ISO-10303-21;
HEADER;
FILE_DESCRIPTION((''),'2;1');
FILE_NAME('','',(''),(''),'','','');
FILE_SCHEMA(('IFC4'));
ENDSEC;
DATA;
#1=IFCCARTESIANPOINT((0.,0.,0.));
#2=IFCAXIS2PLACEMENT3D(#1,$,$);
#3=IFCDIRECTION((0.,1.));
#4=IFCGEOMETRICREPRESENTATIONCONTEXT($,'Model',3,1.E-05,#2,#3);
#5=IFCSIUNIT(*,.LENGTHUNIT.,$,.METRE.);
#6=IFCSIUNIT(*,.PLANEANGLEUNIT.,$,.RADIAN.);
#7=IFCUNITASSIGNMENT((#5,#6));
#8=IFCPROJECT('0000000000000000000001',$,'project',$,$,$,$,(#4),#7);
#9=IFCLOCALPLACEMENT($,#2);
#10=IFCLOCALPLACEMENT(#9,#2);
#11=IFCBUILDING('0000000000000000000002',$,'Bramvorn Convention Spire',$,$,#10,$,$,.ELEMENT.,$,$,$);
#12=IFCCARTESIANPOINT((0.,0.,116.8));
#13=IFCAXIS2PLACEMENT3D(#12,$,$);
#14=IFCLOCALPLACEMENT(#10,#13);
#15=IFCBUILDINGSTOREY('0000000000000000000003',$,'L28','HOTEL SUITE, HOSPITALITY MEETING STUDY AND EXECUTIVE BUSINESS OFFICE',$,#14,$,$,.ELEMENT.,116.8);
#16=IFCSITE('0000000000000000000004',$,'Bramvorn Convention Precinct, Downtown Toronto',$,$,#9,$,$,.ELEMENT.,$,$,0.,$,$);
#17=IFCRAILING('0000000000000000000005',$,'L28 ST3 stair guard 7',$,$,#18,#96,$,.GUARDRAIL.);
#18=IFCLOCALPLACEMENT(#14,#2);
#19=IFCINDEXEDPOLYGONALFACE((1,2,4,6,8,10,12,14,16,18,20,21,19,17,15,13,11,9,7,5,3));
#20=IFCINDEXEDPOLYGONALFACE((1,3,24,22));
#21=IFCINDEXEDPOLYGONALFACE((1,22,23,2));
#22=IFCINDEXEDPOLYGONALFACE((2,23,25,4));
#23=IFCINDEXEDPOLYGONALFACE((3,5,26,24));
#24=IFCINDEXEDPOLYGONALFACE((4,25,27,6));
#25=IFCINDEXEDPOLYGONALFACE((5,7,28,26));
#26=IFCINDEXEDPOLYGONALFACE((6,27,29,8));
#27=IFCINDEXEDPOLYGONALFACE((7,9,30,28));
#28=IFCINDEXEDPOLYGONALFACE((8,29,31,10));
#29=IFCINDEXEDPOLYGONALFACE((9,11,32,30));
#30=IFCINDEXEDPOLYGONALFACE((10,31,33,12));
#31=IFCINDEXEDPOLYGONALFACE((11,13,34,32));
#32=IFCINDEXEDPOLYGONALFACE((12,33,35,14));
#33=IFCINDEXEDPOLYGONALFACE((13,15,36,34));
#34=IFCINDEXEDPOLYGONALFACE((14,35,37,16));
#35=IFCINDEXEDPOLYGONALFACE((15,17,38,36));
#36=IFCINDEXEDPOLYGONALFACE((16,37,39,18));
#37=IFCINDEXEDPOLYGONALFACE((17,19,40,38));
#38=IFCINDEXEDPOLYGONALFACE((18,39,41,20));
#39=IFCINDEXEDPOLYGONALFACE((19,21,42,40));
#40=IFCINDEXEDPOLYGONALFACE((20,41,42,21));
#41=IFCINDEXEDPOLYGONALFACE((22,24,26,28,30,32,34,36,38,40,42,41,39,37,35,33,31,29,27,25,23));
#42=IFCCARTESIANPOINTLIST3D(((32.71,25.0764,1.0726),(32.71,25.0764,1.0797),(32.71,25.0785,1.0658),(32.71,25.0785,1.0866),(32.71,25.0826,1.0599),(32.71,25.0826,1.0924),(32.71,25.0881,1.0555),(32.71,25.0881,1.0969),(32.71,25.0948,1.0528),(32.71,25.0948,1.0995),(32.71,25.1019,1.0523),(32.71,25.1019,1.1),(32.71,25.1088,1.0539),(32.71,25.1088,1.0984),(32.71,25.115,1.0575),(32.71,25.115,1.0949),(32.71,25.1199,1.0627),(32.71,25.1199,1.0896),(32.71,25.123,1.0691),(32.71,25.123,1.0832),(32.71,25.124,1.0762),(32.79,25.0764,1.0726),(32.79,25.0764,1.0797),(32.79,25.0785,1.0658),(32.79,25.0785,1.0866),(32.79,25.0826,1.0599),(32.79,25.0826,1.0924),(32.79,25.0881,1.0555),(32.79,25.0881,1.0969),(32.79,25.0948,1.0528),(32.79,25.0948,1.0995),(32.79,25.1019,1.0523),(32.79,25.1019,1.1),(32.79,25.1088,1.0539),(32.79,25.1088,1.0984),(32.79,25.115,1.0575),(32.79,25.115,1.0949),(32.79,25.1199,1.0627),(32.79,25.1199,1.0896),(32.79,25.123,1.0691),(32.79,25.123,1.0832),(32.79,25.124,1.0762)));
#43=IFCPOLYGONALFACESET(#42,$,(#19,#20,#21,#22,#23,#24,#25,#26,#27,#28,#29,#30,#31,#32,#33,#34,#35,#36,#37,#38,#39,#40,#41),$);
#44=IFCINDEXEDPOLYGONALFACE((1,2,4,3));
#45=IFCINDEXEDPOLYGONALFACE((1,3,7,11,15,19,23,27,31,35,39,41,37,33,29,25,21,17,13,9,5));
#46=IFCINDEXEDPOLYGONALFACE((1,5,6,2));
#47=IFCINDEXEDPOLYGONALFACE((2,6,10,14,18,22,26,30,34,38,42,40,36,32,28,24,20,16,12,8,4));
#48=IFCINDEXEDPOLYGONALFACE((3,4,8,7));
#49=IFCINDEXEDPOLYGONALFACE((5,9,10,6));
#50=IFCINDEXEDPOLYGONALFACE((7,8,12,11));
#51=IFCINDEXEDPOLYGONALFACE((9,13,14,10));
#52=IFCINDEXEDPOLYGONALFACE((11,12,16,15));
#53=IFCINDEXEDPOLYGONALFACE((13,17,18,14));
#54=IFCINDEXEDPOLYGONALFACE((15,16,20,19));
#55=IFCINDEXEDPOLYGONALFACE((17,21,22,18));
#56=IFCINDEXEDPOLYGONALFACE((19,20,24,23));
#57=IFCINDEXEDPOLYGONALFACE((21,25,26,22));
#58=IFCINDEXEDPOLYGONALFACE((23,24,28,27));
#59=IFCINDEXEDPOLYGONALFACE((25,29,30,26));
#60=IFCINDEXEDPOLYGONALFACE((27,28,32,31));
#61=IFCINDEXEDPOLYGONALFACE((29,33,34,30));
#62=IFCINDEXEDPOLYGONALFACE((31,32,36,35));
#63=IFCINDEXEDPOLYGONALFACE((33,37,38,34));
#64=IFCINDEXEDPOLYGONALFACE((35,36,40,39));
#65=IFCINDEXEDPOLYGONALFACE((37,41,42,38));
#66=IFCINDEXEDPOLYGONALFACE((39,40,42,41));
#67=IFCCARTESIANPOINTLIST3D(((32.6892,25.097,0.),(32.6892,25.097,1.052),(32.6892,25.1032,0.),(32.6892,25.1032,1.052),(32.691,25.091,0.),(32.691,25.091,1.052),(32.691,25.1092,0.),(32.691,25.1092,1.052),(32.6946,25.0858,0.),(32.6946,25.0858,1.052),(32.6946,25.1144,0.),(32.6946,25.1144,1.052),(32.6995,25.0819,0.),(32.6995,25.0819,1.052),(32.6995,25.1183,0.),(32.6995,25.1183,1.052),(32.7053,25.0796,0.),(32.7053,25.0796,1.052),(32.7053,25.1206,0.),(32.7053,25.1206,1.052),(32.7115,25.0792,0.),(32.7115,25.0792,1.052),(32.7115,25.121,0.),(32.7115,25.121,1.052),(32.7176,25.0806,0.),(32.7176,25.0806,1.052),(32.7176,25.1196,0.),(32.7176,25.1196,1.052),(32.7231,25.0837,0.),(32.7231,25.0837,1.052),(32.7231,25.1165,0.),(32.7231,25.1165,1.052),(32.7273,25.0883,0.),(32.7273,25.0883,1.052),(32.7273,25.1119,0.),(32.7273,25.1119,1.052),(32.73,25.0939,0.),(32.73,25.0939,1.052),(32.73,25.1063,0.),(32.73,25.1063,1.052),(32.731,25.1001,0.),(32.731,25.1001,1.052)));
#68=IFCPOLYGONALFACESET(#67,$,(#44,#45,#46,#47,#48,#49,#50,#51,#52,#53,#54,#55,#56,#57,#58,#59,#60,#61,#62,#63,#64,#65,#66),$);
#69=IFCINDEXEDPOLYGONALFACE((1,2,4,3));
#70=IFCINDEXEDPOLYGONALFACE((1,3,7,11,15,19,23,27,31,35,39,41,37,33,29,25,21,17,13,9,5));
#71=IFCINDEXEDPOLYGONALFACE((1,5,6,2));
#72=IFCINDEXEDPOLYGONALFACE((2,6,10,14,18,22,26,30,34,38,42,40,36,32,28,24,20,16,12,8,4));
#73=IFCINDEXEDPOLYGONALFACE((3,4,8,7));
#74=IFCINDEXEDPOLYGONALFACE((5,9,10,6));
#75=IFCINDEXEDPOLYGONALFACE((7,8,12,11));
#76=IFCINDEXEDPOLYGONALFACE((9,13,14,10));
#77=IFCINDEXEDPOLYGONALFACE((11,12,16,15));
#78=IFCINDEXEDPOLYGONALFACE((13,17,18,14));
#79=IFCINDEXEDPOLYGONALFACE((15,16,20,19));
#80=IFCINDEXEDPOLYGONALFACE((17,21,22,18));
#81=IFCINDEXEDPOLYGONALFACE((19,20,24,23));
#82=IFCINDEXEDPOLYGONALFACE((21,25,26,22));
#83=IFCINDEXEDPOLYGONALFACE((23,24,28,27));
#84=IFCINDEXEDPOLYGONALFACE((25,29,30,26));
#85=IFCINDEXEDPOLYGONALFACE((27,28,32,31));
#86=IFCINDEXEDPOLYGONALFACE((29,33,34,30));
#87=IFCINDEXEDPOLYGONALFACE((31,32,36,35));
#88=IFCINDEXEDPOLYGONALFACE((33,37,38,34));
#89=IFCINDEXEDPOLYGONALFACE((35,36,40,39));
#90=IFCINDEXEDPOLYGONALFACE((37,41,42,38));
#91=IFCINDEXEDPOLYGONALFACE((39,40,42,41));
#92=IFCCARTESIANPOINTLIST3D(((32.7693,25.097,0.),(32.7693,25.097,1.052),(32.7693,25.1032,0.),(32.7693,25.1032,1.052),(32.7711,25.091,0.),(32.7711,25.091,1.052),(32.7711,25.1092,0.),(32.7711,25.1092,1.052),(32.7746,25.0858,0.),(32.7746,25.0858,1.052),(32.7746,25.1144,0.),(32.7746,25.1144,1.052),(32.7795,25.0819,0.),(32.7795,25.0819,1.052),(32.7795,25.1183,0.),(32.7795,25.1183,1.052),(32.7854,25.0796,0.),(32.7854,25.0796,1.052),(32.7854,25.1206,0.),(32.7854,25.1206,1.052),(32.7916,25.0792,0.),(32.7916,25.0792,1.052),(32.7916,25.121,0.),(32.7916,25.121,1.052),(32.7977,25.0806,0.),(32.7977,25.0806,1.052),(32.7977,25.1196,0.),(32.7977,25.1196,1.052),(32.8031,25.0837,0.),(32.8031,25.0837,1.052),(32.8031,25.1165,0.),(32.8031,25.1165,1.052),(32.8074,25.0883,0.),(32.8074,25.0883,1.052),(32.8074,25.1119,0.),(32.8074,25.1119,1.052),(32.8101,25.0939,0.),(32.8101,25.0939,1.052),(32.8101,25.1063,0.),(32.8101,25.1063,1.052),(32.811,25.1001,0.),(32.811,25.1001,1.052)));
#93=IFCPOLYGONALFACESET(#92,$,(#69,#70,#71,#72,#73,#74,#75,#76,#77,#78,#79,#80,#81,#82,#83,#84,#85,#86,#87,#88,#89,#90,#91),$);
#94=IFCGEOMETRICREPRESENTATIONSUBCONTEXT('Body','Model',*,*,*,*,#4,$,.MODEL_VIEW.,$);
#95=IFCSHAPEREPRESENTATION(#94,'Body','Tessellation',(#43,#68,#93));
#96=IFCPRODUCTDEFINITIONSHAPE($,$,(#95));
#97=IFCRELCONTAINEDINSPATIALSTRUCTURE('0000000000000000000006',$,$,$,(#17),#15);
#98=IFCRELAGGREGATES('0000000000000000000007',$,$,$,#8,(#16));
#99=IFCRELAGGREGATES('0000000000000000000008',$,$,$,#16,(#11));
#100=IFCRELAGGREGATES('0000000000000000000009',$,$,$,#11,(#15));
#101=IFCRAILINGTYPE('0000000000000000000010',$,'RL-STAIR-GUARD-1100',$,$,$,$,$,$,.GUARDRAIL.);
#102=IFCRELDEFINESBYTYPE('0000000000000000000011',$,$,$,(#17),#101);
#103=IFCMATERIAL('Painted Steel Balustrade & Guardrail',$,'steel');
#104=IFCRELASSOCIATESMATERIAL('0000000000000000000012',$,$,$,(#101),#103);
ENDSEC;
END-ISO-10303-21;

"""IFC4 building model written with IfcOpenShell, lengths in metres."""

from ifc_helpers import new_model, si_unit, direction, frame, origin, origin_2d, place, context, subcontext, project, spatial, circle, extrude, material, type_object, element, save


model = new_model("IFC4")

# Units and contexts
model_context = context("Model", 3, precision=1e-05, world=origin(), true_north=direction((0.0, 1.0)))
body_context = subcontext(model_context, "Body", "Model", "MODEL_VIEW")
ifc_project = project(units=[si_unit("LENGTHUNIT", "METRE"), si_unit("PLANEANGLEUNIT", "RADIAN")], contexts=[model_context])

# Site, building, storey
site_placement = place(None, origin())
site = spatial("IfcSite", under=ifc_project, at=site_placement, Name="Bramvorn Convention Precinct, Downtown Toronto", CompositionType="ELEMENT", RefElevation=0.0)
building_placement = place(site_placement, origin())
building = spatial("IfcBuilding", under=site, at=building_placement, Name="Bramvorn Convention Spire", CompositionType="ELEMENT")
storey_placement = place(building_placement, frame((0.0, 0.0, 116.8)))
storey = spatial("IfcBuildingStorey", under=building, at=storey_placement, Name="L28", Description="HOTEL SUITE, HOSPITALITY MEETING STUDY AND EXECUTIVE BUSINESS OFFICE", CompositionType="ELEMENT", Elevation=116.8)

# Railing
ifc_material_1 = material(Name="Painted Steel Balustrade & Guardrail", Category="steel")
railing_type_1 = type_object("IfcRailingType", Name="RL-STAIR-GUARD-1100", PredefinedType="GUARDRAIL", material=ifc_material_1)
railing_1_placement = place(storey_placement, frame((32.71, 25.1001, 0.0)))
element("IfcRailing", 1, at=railing_1_placement, inside=storey, type_object=railing_type_1, Name="L28 ST3 stair guard 7", PredefinedType="GUARDRAIL", context=body_context, shape_type="SweptSolid", body=[
    extrude(circle(Radius=0.0239, at=origin_2d()), frame((0.0, 0.0, 1.0762), z_axis=(1.0, 0.0, 0.0), x_axis=(0.0, 1.0, 0.0)), (0.0, 0.0, 1.0), 0.0801),
    extrude(circle(Radius=0.021, at=origin_2d()), origin(), (0.0, 0.0, 1.0), 1.052),
    extrude(circle(Radius=0.021, at=origin_2d()), frame((0.0801, 0.0, 0.0)), (0.0, 0.0, 1.0), 1.052),
])

save(model, "model.ifc")
